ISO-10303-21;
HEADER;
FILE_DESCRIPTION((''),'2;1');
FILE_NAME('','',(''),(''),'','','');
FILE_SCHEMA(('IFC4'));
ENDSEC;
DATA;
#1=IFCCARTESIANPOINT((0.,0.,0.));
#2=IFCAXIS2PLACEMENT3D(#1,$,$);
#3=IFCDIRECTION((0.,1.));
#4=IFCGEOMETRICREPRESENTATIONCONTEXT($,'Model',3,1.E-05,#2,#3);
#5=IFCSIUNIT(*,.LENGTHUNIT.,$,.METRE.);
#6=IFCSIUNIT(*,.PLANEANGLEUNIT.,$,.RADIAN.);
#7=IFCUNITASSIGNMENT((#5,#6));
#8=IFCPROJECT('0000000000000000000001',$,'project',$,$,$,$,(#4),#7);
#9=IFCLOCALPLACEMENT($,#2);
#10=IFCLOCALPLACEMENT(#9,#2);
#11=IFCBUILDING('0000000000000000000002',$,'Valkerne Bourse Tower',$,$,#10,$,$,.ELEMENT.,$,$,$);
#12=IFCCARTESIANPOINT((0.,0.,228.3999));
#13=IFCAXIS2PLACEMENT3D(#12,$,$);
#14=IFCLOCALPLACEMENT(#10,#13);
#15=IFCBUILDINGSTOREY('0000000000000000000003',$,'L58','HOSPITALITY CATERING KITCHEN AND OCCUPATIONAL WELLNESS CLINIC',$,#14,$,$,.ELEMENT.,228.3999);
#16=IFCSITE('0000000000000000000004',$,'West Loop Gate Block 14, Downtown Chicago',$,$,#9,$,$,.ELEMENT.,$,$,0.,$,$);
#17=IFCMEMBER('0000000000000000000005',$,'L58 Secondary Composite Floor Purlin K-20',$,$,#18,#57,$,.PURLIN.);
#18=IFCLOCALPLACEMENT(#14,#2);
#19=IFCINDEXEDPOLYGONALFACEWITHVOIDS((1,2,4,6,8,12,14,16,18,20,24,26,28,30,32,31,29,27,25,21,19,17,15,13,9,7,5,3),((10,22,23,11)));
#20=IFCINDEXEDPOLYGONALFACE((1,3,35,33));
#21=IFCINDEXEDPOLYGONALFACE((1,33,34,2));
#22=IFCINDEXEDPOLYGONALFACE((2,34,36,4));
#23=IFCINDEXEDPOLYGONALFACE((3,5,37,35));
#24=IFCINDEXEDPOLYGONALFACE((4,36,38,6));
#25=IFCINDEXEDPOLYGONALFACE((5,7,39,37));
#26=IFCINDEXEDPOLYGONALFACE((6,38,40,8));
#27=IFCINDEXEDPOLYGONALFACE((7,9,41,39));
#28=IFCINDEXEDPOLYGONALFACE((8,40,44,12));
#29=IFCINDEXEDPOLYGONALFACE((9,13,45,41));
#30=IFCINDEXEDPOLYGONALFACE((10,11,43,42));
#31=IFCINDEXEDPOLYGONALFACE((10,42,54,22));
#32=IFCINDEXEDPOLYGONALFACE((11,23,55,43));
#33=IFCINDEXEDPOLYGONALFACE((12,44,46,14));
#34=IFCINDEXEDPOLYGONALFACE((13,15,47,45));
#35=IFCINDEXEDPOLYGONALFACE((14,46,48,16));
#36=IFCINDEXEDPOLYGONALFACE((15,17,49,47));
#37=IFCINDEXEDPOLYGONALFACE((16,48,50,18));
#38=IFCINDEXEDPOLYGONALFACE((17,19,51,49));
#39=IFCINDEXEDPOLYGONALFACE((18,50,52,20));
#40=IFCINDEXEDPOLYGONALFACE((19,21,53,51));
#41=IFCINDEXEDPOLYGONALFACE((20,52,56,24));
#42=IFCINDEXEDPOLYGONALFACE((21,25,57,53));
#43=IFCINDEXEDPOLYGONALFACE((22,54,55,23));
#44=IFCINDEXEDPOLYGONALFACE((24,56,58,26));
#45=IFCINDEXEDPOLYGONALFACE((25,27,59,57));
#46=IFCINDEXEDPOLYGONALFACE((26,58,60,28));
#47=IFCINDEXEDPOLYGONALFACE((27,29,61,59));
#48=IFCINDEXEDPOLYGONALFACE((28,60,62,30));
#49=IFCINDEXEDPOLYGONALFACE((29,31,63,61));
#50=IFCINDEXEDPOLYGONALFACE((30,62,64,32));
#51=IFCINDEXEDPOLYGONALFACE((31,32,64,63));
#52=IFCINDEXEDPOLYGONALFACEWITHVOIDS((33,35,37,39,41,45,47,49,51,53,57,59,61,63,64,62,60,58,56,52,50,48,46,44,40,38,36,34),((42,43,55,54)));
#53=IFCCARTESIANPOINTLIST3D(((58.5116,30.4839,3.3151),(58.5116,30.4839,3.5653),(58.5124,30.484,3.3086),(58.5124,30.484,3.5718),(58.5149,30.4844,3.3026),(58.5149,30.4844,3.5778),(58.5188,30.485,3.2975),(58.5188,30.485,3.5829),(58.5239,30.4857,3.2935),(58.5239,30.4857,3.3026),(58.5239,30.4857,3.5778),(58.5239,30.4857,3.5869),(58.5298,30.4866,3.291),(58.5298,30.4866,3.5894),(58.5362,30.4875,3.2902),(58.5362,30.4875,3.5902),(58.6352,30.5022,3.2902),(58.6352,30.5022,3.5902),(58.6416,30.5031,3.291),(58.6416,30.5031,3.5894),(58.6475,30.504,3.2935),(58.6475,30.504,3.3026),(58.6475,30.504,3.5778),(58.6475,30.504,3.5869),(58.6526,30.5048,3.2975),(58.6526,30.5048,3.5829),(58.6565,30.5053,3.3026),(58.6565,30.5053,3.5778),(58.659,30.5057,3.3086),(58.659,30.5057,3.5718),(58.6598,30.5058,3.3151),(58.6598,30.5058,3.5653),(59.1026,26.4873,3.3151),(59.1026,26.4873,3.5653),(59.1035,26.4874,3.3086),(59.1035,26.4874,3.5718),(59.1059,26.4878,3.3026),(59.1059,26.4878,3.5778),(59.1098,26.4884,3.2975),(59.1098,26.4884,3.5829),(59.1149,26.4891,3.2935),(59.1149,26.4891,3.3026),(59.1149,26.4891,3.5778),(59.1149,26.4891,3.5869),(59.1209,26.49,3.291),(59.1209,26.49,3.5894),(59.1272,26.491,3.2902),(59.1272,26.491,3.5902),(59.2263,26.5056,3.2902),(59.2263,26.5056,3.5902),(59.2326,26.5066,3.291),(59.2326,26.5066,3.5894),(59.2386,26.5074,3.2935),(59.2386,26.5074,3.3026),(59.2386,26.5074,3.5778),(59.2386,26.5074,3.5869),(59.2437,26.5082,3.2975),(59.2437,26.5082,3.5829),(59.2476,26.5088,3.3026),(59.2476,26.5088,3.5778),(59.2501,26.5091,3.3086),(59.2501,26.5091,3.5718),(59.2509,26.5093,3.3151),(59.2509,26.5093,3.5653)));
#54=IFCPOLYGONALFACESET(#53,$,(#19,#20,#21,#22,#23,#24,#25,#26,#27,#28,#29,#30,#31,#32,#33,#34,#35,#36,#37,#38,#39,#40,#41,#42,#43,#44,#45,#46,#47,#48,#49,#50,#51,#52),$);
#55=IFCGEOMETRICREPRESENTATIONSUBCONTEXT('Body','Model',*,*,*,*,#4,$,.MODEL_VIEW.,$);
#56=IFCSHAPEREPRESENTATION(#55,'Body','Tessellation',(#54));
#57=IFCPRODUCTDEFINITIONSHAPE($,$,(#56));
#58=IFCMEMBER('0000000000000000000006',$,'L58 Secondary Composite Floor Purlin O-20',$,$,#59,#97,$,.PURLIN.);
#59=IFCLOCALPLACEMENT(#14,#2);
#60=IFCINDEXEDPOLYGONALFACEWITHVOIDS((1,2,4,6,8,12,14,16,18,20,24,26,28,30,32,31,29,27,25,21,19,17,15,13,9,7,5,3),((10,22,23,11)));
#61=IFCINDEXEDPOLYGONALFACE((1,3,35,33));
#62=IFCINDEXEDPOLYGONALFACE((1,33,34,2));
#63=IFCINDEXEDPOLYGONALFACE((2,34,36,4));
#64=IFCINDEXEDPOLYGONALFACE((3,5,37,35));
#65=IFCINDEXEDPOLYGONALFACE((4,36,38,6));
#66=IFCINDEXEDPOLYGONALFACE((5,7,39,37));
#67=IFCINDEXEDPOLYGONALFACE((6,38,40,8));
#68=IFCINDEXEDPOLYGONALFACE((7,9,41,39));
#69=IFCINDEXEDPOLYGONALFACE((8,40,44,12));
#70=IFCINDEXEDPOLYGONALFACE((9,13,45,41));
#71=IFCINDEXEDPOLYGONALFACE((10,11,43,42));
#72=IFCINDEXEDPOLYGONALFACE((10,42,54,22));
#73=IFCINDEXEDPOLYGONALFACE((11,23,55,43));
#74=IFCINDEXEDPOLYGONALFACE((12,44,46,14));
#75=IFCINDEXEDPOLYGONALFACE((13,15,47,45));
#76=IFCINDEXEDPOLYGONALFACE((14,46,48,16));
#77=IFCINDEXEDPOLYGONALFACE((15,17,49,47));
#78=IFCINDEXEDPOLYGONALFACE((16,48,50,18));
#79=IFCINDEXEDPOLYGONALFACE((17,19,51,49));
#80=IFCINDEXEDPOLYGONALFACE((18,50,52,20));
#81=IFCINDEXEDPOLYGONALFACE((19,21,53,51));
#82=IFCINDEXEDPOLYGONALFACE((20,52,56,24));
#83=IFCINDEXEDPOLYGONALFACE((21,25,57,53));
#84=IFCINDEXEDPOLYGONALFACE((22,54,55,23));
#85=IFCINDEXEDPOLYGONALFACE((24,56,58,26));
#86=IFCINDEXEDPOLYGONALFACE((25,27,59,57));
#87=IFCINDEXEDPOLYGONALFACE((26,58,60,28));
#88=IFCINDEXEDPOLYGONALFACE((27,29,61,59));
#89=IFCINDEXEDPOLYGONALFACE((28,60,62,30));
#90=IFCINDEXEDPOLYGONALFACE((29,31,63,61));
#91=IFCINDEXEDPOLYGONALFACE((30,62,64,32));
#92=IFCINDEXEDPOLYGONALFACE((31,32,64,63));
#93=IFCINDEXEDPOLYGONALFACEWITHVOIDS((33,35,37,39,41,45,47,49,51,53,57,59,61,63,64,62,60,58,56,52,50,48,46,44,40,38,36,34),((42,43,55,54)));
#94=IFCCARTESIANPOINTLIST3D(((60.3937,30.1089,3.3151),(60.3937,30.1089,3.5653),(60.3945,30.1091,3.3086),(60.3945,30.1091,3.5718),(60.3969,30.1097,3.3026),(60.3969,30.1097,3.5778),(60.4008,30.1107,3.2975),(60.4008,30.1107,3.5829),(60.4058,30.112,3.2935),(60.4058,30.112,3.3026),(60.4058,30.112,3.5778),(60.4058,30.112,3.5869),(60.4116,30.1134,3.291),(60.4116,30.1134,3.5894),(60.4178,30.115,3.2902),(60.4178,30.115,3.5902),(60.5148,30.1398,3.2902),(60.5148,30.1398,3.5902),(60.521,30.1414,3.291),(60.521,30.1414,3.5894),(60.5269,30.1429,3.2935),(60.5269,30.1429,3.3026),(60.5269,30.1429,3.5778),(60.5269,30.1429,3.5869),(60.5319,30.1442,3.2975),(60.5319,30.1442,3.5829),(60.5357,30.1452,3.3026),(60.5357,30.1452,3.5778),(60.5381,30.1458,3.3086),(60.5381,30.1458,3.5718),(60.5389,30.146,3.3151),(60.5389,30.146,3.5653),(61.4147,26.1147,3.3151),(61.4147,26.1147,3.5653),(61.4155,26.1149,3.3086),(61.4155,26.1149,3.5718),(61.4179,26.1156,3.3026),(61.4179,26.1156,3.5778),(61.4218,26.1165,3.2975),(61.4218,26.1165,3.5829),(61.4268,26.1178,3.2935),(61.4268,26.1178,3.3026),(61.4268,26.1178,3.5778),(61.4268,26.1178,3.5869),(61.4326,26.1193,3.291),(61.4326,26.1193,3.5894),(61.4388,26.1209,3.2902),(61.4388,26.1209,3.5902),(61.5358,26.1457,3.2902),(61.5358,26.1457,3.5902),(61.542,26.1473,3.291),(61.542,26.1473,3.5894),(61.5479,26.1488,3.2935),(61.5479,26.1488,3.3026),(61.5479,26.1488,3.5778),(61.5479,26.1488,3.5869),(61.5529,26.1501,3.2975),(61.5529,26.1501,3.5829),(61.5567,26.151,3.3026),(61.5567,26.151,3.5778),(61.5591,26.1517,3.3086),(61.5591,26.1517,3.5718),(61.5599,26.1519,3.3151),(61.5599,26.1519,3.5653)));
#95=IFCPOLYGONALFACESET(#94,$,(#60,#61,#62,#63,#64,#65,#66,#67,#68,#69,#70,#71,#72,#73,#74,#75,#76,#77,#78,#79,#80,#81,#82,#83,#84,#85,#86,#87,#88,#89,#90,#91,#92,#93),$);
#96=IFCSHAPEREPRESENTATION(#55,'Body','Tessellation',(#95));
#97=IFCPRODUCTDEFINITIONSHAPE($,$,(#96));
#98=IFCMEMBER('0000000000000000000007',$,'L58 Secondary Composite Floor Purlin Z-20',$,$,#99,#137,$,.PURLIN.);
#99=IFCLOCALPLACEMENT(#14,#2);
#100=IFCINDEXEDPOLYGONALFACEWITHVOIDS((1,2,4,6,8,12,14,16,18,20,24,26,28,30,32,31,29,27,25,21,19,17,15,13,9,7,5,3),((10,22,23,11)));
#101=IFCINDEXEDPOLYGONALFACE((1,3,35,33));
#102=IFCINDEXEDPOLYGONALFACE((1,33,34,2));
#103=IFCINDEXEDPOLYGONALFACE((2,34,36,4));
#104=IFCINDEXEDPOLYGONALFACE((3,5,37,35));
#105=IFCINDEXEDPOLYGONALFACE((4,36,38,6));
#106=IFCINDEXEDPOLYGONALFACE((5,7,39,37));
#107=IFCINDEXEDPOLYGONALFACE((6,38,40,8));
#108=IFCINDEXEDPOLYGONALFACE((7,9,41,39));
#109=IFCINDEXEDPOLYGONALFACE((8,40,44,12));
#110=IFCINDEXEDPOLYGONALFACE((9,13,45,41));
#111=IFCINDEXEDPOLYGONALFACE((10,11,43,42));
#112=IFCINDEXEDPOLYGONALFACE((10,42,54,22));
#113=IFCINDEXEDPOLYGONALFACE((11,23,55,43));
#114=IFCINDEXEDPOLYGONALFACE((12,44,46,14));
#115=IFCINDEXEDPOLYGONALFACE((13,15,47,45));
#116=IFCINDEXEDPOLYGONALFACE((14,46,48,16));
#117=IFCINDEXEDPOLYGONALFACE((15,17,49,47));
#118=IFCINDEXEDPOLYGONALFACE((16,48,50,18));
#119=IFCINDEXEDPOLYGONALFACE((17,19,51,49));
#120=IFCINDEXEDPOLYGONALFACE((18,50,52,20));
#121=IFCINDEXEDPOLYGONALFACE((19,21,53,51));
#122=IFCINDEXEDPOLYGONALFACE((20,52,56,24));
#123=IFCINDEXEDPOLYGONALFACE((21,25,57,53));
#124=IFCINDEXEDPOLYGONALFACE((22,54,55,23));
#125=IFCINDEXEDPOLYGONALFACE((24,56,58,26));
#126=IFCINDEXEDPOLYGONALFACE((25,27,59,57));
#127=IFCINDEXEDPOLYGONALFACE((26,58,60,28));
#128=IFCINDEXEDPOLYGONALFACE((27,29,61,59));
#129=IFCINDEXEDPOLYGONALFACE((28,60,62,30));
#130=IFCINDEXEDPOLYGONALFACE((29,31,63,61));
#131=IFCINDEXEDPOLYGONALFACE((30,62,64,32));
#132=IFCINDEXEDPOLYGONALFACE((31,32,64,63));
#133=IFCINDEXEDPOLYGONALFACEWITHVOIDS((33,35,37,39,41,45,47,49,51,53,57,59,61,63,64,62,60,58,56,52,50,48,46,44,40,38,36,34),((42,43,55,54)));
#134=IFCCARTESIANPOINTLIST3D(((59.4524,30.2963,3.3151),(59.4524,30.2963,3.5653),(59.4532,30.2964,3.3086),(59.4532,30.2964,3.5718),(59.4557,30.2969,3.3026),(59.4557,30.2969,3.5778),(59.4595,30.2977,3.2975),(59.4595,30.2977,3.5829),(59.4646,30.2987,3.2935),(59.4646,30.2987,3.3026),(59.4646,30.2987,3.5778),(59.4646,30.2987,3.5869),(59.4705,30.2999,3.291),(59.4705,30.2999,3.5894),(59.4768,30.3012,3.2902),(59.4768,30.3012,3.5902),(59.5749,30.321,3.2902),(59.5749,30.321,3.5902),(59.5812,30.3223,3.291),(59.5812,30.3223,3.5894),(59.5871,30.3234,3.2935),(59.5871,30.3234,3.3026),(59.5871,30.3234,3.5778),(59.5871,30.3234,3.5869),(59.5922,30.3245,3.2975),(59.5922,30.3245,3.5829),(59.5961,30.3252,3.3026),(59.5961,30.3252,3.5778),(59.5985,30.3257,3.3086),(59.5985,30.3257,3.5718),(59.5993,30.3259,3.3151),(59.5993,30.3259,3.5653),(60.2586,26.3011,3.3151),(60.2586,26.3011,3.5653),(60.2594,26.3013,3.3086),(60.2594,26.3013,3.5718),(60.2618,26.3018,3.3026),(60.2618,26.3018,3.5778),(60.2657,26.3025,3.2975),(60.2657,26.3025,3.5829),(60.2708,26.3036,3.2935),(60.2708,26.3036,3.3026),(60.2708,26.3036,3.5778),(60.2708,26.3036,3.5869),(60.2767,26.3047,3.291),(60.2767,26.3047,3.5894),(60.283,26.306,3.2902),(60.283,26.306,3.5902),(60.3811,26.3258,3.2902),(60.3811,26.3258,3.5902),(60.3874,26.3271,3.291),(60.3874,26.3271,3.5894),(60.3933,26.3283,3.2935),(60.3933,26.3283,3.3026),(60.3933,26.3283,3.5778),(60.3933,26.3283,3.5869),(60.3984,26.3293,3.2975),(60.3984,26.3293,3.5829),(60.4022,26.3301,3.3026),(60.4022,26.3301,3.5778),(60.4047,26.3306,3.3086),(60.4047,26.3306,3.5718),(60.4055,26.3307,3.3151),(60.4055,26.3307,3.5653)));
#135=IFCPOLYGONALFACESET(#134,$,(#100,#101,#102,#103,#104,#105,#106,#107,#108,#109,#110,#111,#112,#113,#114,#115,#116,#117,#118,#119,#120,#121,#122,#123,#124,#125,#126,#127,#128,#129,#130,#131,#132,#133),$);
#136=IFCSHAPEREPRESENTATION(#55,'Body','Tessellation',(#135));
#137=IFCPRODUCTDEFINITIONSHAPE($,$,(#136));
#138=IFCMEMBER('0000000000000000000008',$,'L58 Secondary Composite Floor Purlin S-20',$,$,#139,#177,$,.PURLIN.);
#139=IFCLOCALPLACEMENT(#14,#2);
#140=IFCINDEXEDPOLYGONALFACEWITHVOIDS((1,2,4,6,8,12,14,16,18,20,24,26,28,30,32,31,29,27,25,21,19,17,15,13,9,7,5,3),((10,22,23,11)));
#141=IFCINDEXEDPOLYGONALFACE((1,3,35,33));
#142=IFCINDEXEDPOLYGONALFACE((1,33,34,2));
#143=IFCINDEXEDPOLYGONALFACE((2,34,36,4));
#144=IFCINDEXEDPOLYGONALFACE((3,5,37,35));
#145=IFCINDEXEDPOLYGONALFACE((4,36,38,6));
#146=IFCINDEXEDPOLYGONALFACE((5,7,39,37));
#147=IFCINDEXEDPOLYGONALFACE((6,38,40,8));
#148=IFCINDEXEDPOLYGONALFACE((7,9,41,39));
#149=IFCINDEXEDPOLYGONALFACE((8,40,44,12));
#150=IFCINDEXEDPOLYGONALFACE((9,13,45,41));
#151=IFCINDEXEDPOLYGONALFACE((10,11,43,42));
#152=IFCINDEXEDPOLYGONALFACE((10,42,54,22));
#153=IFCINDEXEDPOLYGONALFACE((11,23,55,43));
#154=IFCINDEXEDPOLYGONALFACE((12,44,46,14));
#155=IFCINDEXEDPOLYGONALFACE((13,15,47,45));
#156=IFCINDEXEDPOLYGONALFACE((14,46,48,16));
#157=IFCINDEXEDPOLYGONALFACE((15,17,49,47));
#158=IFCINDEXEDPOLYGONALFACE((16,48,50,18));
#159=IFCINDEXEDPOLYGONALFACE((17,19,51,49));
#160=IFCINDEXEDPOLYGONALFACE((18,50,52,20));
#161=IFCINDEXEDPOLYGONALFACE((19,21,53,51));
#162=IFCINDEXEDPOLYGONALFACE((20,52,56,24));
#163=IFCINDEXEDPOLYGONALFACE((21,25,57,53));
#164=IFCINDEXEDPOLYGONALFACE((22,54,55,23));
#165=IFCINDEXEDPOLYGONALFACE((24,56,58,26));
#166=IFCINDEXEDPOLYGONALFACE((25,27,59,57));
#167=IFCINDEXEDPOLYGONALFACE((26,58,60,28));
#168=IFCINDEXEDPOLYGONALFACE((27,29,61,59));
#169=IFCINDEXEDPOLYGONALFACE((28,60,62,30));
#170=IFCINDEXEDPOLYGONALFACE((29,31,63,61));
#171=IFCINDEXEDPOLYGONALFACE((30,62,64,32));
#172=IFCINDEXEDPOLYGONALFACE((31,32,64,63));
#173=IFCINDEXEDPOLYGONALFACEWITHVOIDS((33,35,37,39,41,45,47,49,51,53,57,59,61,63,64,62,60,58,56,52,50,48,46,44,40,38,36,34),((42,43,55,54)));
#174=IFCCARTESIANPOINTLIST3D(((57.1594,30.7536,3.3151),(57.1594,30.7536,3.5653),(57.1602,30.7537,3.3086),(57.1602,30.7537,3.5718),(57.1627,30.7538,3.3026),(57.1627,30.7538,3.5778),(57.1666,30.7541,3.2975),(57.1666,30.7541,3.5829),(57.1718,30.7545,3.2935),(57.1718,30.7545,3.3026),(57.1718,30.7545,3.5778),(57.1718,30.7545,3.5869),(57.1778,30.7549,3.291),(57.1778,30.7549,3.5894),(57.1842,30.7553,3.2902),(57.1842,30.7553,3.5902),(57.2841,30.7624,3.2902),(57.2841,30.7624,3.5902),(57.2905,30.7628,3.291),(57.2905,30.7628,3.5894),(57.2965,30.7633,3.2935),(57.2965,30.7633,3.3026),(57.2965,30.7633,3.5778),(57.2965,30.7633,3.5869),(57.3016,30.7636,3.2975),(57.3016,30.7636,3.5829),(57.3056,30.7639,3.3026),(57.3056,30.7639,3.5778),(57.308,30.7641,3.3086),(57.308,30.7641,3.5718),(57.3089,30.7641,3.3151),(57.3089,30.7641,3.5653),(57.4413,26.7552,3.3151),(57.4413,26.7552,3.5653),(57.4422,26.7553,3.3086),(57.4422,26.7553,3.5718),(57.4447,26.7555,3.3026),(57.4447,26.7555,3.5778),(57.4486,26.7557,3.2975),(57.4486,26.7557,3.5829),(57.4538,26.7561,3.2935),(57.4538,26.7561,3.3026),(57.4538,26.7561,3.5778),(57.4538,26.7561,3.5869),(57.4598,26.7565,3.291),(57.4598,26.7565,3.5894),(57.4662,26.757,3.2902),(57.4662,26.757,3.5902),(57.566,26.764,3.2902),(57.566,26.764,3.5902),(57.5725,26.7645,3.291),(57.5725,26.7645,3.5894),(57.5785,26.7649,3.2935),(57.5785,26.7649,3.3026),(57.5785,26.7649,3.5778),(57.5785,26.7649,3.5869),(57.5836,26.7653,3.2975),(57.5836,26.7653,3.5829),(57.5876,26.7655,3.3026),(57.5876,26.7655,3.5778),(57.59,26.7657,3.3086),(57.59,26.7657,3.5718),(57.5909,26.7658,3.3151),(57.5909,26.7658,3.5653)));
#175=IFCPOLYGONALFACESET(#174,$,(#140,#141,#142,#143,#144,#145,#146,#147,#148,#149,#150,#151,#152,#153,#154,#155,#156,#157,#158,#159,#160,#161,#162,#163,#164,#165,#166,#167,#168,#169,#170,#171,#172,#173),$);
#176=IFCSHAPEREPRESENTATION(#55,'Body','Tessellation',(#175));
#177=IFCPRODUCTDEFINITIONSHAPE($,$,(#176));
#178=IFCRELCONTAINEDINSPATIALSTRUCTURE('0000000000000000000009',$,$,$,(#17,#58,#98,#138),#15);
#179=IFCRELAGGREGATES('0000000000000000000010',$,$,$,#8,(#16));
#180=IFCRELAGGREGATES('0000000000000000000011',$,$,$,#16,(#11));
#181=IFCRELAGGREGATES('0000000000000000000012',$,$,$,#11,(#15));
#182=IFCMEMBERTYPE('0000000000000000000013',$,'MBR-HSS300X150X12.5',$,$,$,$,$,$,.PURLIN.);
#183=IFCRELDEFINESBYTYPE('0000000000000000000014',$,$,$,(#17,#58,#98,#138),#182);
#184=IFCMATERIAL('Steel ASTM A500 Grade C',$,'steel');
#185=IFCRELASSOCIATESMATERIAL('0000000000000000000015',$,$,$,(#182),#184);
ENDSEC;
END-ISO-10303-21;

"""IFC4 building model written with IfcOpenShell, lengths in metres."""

from ifc_helpers import new_model, si_unit, direction, frame, origin, origin_2d, place, context, subcontext, project, spatial, hollow_rectangle, extrude, material, material_profile, profile_set, type_object, element, save


model = new_model("IFC4")

# Units and contexts
model_context = context("Model", 3, precision=1e-05, world=origin(), true_north=direction((0.0, 1.0)))
body_context = subcontext(model_context, "Body", "Model", "MODEL_VIEW")
ifc_project = project(units=[si_unit("LENGTHUNIT", "METRE"), si_unit("PLANEANGLEUNIT", "RADIAN")], contexts=[model_context])

# Site, building, storey
site_placement = place(None, origin())
site = spatial("IfcSite", under=ifc_project, at=site_placement, Name="West Loop Gate Block 14, Downtown Chicago", CompositionType="ELEMENT", RefElevation=0.0)
building_placement = place(site_placement, origin())
building = spatial("IfcBuilding", under=site, at=building_placement, Name="Valkerne Bourse Tower", CompositionType="ELEMENT")
storey_placement = place(building_placement, frame((0.0, 0.0, 228.3999)))
storey = spatial("IfcBuildingStorey", under=building, at=storey_placement, Name="L58", Description="HOSPITALITY CATERING KITCHEN AND OCCUPATIONAL WELLNESS CLINIC", CompositionType="ELEMENT", Elevation=228.3999)

# Members
ifc_material_1 = material(Name="Steel ASTM A500 Grade C", Category="steel")
ifc_material_profile_1 = material_profile(ifc_material_1, hollow_rectangle(XDim=0.1499, YDim=0.3, WallThickness=0.0125, OuterFilletRadius=0.0249, at=origin_2d()), Name="HSS300X150X12.5")
ifc_profile_set_1 = profile_set([ifc_material_profile_1], Name="Steel ASTM A500 Grade C")
member_type_1 = type_object("IfcMemberType", Name="MBR-HSS300X150X12.5", PredefinedType="PURLIN", material=ifc_profile_set_1)
member_1_placement = place(storey_placement, frame((59.1768, 26.4983, 3.4402), z_axis=(-0.146301, 0.98924, 0.0), x_axis=(-0.98924, -0.146301, 0.0)))
element("IfcMember", 1, at=member_1_placement, inside=storey, type_object=member_type_1, Name="L58 Secondary Composite Floor Purlin K-20", PredefinedType="PURLIN", context=body_context, shape_type="SweptSolid", body=[
    extrude(hollow_rectangle(XDim=0.1499, YDim=0.3, WallThickness=0.0125, OuterFilletRadius=0.0249, at=origin_2d()), origin(), (0.0, 0.0, 1.0), 4.04),
])
member_2_placement = place(storey_placement, frame((61.4873, 26.1333, 3.4402), z_axis=(-0.24766, 0.968847, 0.0), x_axis=(-0.968847, -0.24766, 0.0)))
element("IfcMember", 2, at=member_2_placement, inside=storey, type_object=member_type_1, Name="L58 Secondary Composite Floor Purlin O-20", PredefinedType="PURLIN", context=body_context, shape_type="SweptSolid", body=[
    extrude(hollow_rectangle(XDim=0.1499, YDim=0.3, WallThickness=0.0125, OuterFilletRadius=0.0249, at=origin_2d()), origin(), (0.0, 0.0, 1.0), 4.1226),
])
member_3_placement = place(storey_placement, frame((60.332, 26.3159, 3.4402), z_axis=(-0.197798, 0.980243, 0.0), x_axis=(-0.980243, -0.197798, 0.0)))
element("IfcMember", 3, at=member_3_placement, inside=storey, type_object=member_type_1, Name="L58 Secondary Composite Floor Purlin Z-20", PredefinedType="PURLIN", context=body_context, shape_type="SweptSolid", body=[
    extrude(hollow_rectangle(XDim=0.1499, YDim=0.3, WallThickness=0.0125, OuterFilletRadius=0.0249, at=origin_2d()), origin(), (0.0, 0.0, 1.0), 4.0757),
])
member_4_placement = place(storey_placement, frame((57.5161, 26.7605, 3.4402), z_axis=(-0.070351, 0.997522, 0.0), x_axis=(-0.997522, -0.070351, 0.0)))
element("IfcMember", 4, at=member_4_placement, inside=storey, type_object=member_type_1, Name="L58 Secondary Composite Floor Purlin S-20", PredefinedType="PURLIN", context=body_context, shape_type="SweptSolid", body=[
    extrude(hollow_rectangle(XDim=0.1499, YDim=0.3, WallThickness=0.0125, OuterFilletRadius=0.0249, at=origin_2d()), origin(), (0.0, 0.0, 1.0), 4.0083),
])

save(model, "model.ifc")
